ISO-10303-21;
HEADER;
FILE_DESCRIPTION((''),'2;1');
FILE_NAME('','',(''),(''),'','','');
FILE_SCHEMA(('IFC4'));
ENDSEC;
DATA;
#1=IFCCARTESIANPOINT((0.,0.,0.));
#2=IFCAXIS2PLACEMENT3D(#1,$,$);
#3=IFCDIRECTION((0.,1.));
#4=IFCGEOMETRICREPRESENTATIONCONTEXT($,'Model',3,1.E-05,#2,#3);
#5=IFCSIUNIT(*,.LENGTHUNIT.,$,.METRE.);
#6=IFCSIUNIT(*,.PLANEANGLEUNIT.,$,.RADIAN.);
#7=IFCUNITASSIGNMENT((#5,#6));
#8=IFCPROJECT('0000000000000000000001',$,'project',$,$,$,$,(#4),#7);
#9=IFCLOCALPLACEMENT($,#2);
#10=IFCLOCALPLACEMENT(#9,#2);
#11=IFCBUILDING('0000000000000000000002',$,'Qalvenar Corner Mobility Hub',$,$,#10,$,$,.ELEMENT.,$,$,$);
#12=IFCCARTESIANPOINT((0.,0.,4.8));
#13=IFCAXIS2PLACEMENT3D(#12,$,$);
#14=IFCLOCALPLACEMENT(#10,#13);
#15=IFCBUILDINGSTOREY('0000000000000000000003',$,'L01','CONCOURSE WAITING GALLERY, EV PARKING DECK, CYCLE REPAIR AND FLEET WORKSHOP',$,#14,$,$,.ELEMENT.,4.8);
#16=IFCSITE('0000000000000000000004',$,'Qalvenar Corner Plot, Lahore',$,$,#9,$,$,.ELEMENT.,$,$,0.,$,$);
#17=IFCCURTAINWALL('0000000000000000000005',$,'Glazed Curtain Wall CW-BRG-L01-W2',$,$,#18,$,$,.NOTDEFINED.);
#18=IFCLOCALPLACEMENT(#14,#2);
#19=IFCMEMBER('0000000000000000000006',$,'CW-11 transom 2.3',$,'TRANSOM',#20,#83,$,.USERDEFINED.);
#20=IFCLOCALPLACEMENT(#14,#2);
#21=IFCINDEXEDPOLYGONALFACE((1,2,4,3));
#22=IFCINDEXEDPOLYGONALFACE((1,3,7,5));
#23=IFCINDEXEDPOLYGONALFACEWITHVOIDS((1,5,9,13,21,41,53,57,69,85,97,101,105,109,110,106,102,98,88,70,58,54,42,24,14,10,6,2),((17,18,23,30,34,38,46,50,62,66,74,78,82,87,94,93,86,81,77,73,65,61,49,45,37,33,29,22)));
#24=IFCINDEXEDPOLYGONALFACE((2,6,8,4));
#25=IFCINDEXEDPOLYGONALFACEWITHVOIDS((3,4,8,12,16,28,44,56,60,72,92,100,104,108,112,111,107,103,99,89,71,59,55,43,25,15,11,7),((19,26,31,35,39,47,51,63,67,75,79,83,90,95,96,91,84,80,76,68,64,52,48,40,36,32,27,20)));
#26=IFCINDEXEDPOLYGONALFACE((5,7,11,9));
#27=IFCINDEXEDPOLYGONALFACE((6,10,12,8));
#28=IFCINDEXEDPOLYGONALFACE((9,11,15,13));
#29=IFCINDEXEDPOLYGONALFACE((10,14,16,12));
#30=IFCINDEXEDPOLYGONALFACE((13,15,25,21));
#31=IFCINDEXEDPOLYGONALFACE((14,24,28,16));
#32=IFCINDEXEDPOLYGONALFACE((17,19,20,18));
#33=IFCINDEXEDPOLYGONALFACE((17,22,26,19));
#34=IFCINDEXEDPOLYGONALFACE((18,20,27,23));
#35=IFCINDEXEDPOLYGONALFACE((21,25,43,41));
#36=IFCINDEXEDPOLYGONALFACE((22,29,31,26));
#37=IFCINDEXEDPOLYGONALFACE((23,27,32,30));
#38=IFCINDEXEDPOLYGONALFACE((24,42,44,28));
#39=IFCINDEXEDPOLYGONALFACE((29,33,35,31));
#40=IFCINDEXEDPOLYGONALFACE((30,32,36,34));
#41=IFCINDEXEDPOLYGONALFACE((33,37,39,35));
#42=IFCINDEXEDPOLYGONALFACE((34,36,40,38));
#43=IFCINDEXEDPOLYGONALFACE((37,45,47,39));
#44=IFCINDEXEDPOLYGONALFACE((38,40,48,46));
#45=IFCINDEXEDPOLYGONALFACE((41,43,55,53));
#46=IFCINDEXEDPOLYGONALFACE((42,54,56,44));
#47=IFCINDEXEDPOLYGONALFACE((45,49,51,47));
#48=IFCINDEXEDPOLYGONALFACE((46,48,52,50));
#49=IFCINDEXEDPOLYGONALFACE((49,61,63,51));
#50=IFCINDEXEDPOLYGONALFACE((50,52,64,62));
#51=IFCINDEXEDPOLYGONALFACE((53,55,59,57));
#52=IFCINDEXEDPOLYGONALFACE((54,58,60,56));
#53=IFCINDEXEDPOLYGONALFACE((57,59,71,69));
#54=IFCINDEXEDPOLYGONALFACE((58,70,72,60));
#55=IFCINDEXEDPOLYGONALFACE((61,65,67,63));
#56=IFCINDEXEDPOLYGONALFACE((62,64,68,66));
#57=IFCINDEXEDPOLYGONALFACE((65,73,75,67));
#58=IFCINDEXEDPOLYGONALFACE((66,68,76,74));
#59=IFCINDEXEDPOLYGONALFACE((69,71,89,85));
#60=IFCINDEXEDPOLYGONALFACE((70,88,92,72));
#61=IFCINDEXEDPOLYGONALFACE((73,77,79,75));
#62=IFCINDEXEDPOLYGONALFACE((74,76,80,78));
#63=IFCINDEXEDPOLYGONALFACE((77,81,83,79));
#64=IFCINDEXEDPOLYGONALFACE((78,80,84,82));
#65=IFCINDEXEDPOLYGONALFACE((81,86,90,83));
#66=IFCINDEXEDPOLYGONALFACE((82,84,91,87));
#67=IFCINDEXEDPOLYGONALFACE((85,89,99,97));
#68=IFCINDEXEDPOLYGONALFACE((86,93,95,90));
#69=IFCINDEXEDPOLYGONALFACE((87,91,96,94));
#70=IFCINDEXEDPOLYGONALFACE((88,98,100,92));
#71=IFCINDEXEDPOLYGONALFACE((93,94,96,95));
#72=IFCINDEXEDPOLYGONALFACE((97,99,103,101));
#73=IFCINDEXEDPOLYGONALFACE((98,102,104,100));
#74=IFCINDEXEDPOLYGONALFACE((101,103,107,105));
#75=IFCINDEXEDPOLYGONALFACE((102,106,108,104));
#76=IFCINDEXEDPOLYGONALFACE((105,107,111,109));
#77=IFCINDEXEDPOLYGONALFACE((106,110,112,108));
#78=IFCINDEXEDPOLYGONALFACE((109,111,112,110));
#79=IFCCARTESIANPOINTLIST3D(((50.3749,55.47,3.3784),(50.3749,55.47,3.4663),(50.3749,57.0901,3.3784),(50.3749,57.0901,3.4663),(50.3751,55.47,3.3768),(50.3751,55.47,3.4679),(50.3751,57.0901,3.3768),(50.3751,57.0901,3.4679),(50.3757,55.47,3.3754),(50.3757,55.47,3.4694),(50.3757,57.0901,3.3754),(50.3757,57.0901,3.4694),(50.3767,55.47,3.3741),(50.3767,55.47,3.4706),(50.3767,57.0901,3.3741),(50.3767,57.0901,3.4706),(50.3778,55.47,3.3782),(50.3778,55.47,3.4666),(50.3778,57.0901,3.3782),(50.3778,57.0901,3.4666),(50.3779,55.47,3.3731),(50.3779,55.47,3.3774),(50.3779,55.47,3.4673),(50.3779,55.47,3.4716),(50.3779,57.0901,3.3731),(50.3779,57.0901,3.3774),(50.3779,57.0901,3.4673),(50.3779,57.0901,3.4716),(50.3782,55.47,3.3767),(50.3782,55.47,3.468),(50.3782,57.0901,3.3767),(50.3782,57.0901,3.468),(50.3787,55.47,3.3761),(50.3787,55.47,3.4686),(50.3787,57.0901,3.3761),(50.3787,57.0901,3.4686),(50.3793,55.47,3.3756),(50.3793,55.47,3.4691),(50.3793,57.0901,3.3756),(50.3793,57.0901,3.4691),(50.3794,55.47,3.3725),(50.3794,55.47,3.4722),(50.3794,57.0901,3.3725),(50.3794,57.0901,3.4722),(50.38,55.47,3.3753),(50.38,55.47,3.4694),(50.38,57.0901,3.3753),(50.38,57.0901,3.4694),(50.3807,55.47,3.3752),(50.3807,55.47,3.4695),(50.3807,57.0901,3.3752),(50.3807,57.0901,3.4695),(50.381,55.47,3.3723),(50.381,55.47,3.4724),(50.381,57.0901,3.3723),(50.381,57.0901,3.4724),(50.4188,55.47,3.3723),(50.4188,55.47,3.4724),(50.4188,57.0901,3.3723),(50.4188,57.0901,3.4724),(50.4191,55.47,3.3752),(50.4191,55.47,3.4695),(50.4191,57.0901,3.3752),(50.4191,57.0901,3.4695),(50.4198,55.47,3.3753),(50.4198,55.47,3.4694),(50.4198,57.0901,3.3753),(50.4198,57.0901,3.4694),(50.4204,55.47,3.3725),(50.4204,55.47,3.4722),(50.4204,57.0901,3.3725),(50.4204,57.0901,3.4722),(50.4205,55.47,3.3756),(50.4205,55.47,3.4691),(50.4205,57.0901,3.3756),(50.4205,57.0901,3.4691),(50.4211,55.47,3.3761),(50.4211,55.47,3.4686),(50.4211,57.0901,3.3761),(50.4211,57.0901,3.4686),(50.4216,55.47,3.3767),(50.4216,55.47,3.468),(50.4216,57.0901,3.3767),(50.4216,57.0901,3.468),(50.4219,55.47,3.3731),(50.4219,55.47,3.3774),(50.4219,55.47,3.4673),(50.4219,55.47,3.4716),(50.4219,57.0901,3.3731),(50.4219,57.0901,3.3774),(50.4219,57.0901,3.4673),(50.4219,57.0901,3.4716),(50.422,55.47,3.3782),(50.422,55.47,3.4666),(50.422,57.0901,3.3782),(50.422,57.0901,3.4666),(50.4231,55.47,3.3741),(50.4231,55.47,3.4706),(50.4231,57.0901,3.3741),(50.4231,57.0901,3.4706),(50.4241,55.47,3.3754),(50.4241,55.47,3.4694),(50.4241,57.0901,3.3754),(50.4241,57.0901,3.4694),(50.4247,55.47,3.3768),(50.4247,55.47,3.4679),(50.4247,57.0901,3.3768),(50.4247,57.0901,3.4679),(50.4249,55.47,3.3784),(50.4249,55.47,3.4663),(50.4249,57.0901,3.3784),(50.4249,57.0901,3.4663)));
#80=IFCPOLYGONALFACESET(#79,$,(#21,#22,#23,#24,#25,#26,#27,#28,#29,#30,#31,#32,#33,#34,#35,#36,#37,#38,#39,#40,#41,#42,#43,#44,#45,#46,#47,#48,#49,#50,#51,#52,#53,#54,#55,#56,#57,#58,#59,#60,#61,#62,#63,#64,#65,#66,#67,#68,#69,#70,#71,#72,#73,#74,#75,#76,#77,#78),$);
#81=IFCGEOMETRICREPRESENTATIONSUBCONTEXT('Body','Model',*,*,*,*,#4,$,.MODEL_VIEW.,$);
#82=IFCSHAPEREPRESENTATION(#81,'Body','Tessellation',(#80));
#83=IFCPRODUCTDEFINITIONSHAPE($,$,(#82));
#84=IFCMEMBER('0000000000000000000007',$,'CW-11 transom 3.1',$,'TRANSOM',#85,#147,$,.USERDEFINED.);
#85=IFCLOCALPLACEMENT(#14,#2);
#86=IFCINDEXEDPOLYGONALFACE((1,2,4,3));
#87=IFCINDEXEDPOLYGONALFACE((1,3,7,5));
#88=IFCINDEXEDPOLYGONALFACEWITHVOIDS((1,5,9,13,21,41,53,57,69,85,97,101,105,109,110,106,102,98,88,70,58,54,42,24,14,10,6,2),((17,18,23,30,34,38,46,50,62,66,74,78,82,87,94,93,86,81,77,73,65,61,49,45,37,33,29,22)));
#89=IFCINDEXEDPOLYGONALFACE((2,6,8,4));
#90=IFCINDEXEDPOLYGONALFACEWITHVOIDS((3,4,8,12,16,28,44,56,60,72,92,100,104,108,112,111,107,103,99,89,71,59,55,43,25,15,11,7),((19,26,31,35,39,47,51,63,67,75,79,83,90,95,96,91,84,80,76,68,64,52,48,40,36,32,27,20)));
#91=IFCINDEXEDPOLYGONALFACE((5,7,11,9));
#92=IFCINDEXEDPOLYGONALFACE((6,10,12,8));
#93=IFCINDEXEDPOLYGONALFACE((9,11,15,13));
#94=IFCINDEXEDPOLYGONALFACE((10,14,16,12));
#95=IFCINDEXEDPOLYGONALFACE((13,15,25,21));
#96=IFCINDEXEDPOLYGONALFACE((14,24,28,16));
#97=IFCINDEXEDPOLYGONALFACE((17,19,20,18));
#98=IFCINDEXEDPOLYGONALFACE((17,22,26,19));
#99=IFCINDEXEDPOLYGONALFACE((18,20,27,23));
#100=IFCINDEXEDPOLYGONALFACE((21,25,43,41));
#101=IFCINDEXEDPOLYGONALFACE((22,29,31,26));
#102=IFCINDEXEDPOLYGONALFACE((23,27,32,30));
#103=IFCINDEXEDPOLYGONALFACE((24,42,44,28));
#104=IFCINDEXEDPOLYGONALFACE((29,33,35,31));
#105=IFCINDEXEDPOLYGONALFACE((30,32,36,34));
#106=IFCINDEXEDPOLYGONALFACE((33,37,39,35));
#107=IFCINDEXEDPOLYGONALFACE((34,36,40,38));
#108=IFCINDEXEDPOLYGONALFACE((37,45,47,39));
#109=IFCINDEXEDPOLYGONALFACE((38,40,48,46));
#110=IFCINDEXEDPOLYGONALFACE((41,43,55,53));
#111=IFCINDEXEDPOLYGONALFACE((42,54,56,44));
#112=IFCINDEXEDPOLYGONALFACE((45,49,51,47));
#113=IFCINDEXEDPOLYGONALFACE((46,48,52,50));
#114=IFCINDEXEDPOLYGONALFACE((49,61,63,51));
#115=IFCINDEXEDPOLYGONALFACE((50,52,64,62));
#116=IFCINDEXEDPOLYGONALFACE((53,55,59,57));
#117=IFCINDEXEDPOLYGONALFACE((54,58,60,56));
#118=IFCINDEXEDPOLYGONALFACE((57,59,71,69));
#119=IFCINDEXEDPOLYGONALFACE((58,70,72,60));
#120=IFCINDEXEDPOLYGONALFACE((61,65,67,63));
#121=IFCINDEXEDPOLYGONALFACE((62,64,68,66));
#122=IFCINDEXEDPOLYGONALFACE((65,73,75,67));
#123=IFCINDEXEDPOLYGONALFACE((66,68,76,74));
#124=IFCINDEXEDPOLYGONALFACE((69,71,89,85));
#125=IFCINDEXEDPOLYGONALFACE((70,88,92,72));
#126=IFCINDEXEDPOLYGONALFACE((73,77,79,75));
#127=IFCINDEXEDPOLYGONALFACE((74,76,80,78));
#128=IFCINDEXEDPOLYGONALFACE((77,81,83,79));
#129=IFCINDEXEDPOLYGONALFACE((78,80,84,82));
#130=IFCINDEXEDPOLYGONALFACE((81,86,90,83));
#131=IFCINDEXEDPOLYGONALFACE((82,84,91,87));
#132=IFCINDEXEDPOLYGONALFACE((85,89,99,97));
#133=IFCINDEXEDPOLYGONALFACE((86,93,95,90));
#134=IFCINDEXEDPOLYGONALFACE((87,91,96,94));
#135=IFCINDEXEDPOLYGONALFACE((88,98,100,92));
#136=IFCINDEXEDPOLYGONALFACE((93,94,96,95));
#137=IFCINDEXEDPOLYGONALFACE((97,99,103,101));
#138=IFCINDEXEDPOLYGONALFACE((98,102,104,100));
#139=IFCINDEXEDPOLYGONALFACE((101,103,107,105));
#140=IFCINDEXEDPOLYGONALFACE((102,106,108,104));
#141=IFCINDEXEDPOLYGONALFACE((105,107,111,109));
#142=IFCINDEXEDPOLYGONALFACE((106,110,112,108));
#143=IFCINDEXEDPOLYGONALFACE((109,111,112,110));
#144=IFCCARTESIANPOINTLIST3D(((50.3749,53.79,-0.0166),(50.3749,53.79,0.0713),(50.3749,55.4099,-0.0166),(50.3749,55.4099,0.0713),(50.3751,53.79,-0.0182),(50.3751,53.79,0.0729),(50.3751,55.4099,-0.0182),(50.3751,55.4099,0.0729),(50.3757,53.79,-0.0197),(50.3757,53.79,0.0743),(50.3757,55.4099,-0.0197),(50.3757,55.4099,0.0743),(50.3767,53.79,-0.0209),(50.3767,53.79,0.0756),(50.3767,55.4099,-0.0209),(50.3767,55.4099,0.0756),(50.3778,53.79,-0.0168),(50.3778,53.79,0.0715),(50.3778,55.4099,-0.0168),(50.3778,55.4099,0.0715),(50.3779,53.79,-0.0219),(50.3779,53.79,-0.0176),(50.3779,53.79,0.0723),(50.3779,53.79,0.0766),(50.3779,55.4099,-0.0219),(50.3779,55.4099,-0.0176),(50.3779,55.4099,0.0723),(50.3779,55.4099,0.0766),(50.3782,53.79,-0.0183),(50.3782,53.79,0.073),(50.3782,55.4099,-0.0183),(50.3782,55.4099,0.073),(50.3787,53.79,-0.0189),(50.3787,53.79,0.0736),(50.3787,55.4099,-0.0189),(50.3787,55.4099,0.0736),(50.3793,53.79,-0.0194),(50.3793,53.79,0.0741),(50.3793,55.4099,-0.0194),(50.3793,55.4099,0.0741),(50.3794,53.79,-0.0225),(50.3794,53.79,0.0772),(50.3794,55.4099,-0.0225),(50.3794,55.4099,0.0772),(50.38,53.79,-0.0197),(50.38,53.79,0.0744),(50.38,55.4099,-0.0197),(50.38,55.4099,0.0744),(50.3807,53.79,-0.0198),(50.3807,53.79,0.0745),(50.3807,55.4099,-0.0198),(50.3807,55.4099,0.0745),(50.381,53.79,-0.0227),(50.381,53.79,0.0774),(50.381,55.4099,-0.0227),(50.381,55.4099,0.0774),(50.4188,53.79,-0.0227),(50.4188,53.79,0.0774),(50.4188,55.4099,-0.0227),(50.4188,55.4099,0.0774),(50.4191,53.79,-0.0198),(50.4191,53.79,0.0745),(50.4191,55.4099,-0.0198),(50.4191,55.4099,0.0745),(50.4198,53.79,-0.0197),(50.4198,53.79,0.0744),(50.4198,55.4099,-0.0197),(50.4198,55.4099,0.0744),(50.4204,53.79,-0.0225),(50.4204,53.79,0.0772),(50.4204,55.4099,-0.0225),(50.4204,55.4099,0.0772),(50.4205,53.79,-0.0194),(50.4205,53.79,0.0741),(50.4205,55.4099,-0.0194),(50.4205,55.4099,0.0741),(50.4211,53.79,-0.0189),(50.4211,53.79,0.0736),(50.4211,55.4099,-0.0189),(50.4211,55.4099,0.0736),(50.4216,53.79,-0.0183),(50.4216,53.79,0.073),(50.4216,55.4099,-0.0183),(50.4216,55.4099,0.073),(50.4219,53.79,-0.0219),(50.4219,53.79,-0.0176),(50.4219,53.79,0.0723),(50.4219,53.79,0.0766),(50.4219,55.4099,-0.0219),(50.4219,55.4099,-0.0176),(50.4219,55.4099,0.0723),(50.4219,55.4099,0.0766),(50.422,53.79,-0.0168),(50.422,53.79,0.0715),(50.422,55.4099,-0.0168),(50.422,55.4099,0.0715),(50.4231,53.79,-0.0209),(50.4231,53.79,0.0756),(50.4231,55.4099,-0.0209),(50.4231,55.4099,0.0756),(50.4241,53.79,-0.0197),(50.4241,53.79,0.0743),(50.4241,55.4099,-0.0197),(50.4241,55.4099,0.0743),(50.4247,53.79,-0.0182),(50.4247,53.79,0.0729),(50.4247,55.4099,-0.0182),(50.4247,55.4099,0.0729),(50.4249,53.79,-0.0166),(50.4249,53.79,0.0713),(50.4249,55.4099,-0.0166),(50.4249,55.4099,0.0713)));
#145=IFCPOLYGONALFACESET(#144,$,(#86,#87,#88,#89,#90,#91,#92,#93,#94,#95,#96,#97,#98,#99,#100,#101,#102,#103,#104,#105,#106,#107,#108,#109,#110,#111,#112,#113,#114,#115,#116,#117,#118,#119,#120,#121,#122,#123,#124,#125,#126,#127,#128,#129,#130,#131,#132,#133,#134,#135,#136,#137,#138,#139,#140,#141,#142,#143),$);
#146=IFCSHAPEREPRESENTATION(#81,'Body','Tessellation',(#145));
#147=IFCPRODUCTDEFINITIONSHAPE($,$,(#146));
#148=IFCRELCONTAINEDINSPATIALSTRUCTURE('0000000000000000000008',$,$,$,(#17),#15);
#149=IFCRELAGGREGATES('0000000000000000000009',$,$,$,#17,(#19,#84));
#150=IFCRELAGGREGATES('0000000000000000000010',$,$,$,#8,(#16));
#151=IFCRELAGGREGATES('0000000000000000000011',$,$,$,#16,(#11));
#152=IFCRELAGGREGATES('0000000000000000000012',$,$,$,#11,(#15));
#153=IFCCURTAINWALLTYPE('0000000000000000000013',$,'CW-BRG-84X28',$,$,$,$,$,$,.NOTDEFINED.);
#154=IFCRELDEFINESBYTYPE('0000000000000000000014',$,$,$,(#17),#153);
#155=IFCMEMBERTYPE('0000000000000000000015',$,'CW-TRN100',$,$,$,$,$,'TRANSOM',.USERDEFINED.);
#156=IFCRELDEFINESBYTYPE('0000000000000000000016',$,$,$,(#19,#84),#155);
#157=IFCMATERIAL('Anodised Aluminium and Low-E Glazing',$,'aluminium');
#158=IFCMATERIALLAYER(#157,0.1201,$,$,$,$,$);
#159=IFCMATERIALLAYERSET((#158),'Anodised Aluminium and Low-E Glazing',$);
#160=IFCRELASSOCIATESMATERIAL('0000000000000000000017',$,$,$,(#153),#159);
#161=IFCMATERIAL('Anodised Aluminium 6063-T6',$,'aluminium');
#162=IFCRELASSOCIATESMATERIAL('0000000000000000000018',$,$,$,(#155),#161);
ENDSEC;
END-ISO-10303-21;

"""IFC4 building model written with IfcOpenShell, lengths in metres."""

from ifc_helpers import new_model, si_unit, direction, frame, origin, origin_2d, place, context, subcontext, project, spatial, hollow_rectangle, extrude, material, layer, layer_set, material_profile, profile_set, type_object, element, aggregate, save


model = new_model("IFC4")

# Units and contexts
model_context = context("Model", 3, precision=1e-05, world=origin(), true_north=direction((0.0, 1.0)))
body_context = subcontext(model_context, "Body", "Model", "MODEL_VIEW")
ifc_project = project(units=[si_unit("LENGTHUNIT", "METRE"), si_unit("PLANEANGLEUNIT", "RADIAN")], contexts=[model_context])

# Site, building, storey
site_placement = place(None, origin())
site = spatial("IfcSite", under=ifc_project, at=site_placement, Name="Qalvenar Corner Plot, Lahore", CompositionType="ELEMENT", RefElevation=0.0)
building_placement = place(site_placement, origin())
building = spatial("IfcBuilding", under=site, at=building_placement, Name="Qalvenar Corner Mobility Hub", CompositionType="ELEMENT")
storey_placement = place(building_placement, frame((0.0, 0.0, 4.8)))
storey = spatial("IfcBuildingStorey", under=building, at=storey_placement, Name="L01", Description="CONCOURSE WAITING GALLERY, EV PARKING DECK, CYCLE REPAIR AND FLEET WORKSHOP", CompositionType="ELEMENT", Elevation=4.8)

# Curtain wall, members
ifc_material_1 = material(Name="Anodised Aluminium and Low-E Glazing", Category="aluminium")
ifc_layer_1 = layer(ifc_material_1, 0.1201)
ifc_layer_set_1 = layer_set([ifc_layer_1], Name="Anodised Aluminium and Low-E Glazing")
curtain_wall_type = type_object("IfcCurtainWallType", Name="CW-BRG-84X28", PredefinedType="NOTDEFINED", material=ifc_layer_set_1)
curtain_wall_placement = place(storey_placement, origin())
curtain_wall = element("IfcCurtainWall", 1, at=curtain_wall_placement, inside=storey, type_object=curtain_wall_type, Name="Glazed Curtain Wall CW-BRG-L01-W2", PredefinedType="NOTDEFINED")
ifc_material_2 = material(Name="Anodised Aluminium 6063-T6", Category="aluminium")
ifc_material_profile_1 = material_profile(ifc_material_2, hollow_rectangle(XDim=0.05, YDim=0.1001, WallThickness=0.0029, InnerFilletRadius=0.0029, OuterFilletRadius=0.0061, at=origin_2d()), Name="RHS100x50x3")
ifc_profile_set_1 = profile_set([ifc_material_profile_1], Name="Anodised Aluminium 6063-T6")
member_type_1 = type_object("IfcMemberType", Name="CW-TRN100", ElementType="TRANSOM", PredefinedType="USERDEFINED", material=ifc_profile_set_1)
member_1_placement = place(storey_placement, frame((50.3999, 57.0901, 3.4224), z_axis=(0.0, -1.0, 0.0), x_axis=(1.0, 0.0, 0.0)))
member_1 = element("IfcMember", 2, at=member_1_placement, type_object=member_type_1, Name="CW-11 transom 2.3", ObjectType="TRANSOM", PredefinedType="USERDEFINED", context=body_context, shape_type="SweptSolid", body=[
    extrude(hollow_rectangle(XDim=0.05, YDim=0.1001, WallThickness=0.0029, InnerFilletRadius=0.0029, OuterFilletRadius=0.0061, at=origin_2d()), origin(), (0.0, 0.0, 1.0), 1.6201),
])
member_2_placement = place(storey_placement, frame((50.3999, 55.4099, 0.0273), z_axis=(0.0, -1.0, 0.0), x_axis=(1.0, 0.0, 0.0)))
member_2 = element("IfcMember", 3, at=member_2_placement, type_object=member_type_1, Name="CW-11 transom 3.1", ObjectType="TRANSOM", PredefinedType="USERDEFINED", context=body_context, shape_type="SweptSolid", body=[
    extrude(hollow_rectangle(XDim=0.05, YDim=0.1001, WallThickness=0.0029, InnerFilletRadius=0.0029, OuterFilletRadius=0.0061, at=origin_2d()), origin(), (0.0, 0.0, 1.0), 1.6199),
])
aggregate(curtain_wall, [member_1, member_2])

save(model, "model.ifc")
